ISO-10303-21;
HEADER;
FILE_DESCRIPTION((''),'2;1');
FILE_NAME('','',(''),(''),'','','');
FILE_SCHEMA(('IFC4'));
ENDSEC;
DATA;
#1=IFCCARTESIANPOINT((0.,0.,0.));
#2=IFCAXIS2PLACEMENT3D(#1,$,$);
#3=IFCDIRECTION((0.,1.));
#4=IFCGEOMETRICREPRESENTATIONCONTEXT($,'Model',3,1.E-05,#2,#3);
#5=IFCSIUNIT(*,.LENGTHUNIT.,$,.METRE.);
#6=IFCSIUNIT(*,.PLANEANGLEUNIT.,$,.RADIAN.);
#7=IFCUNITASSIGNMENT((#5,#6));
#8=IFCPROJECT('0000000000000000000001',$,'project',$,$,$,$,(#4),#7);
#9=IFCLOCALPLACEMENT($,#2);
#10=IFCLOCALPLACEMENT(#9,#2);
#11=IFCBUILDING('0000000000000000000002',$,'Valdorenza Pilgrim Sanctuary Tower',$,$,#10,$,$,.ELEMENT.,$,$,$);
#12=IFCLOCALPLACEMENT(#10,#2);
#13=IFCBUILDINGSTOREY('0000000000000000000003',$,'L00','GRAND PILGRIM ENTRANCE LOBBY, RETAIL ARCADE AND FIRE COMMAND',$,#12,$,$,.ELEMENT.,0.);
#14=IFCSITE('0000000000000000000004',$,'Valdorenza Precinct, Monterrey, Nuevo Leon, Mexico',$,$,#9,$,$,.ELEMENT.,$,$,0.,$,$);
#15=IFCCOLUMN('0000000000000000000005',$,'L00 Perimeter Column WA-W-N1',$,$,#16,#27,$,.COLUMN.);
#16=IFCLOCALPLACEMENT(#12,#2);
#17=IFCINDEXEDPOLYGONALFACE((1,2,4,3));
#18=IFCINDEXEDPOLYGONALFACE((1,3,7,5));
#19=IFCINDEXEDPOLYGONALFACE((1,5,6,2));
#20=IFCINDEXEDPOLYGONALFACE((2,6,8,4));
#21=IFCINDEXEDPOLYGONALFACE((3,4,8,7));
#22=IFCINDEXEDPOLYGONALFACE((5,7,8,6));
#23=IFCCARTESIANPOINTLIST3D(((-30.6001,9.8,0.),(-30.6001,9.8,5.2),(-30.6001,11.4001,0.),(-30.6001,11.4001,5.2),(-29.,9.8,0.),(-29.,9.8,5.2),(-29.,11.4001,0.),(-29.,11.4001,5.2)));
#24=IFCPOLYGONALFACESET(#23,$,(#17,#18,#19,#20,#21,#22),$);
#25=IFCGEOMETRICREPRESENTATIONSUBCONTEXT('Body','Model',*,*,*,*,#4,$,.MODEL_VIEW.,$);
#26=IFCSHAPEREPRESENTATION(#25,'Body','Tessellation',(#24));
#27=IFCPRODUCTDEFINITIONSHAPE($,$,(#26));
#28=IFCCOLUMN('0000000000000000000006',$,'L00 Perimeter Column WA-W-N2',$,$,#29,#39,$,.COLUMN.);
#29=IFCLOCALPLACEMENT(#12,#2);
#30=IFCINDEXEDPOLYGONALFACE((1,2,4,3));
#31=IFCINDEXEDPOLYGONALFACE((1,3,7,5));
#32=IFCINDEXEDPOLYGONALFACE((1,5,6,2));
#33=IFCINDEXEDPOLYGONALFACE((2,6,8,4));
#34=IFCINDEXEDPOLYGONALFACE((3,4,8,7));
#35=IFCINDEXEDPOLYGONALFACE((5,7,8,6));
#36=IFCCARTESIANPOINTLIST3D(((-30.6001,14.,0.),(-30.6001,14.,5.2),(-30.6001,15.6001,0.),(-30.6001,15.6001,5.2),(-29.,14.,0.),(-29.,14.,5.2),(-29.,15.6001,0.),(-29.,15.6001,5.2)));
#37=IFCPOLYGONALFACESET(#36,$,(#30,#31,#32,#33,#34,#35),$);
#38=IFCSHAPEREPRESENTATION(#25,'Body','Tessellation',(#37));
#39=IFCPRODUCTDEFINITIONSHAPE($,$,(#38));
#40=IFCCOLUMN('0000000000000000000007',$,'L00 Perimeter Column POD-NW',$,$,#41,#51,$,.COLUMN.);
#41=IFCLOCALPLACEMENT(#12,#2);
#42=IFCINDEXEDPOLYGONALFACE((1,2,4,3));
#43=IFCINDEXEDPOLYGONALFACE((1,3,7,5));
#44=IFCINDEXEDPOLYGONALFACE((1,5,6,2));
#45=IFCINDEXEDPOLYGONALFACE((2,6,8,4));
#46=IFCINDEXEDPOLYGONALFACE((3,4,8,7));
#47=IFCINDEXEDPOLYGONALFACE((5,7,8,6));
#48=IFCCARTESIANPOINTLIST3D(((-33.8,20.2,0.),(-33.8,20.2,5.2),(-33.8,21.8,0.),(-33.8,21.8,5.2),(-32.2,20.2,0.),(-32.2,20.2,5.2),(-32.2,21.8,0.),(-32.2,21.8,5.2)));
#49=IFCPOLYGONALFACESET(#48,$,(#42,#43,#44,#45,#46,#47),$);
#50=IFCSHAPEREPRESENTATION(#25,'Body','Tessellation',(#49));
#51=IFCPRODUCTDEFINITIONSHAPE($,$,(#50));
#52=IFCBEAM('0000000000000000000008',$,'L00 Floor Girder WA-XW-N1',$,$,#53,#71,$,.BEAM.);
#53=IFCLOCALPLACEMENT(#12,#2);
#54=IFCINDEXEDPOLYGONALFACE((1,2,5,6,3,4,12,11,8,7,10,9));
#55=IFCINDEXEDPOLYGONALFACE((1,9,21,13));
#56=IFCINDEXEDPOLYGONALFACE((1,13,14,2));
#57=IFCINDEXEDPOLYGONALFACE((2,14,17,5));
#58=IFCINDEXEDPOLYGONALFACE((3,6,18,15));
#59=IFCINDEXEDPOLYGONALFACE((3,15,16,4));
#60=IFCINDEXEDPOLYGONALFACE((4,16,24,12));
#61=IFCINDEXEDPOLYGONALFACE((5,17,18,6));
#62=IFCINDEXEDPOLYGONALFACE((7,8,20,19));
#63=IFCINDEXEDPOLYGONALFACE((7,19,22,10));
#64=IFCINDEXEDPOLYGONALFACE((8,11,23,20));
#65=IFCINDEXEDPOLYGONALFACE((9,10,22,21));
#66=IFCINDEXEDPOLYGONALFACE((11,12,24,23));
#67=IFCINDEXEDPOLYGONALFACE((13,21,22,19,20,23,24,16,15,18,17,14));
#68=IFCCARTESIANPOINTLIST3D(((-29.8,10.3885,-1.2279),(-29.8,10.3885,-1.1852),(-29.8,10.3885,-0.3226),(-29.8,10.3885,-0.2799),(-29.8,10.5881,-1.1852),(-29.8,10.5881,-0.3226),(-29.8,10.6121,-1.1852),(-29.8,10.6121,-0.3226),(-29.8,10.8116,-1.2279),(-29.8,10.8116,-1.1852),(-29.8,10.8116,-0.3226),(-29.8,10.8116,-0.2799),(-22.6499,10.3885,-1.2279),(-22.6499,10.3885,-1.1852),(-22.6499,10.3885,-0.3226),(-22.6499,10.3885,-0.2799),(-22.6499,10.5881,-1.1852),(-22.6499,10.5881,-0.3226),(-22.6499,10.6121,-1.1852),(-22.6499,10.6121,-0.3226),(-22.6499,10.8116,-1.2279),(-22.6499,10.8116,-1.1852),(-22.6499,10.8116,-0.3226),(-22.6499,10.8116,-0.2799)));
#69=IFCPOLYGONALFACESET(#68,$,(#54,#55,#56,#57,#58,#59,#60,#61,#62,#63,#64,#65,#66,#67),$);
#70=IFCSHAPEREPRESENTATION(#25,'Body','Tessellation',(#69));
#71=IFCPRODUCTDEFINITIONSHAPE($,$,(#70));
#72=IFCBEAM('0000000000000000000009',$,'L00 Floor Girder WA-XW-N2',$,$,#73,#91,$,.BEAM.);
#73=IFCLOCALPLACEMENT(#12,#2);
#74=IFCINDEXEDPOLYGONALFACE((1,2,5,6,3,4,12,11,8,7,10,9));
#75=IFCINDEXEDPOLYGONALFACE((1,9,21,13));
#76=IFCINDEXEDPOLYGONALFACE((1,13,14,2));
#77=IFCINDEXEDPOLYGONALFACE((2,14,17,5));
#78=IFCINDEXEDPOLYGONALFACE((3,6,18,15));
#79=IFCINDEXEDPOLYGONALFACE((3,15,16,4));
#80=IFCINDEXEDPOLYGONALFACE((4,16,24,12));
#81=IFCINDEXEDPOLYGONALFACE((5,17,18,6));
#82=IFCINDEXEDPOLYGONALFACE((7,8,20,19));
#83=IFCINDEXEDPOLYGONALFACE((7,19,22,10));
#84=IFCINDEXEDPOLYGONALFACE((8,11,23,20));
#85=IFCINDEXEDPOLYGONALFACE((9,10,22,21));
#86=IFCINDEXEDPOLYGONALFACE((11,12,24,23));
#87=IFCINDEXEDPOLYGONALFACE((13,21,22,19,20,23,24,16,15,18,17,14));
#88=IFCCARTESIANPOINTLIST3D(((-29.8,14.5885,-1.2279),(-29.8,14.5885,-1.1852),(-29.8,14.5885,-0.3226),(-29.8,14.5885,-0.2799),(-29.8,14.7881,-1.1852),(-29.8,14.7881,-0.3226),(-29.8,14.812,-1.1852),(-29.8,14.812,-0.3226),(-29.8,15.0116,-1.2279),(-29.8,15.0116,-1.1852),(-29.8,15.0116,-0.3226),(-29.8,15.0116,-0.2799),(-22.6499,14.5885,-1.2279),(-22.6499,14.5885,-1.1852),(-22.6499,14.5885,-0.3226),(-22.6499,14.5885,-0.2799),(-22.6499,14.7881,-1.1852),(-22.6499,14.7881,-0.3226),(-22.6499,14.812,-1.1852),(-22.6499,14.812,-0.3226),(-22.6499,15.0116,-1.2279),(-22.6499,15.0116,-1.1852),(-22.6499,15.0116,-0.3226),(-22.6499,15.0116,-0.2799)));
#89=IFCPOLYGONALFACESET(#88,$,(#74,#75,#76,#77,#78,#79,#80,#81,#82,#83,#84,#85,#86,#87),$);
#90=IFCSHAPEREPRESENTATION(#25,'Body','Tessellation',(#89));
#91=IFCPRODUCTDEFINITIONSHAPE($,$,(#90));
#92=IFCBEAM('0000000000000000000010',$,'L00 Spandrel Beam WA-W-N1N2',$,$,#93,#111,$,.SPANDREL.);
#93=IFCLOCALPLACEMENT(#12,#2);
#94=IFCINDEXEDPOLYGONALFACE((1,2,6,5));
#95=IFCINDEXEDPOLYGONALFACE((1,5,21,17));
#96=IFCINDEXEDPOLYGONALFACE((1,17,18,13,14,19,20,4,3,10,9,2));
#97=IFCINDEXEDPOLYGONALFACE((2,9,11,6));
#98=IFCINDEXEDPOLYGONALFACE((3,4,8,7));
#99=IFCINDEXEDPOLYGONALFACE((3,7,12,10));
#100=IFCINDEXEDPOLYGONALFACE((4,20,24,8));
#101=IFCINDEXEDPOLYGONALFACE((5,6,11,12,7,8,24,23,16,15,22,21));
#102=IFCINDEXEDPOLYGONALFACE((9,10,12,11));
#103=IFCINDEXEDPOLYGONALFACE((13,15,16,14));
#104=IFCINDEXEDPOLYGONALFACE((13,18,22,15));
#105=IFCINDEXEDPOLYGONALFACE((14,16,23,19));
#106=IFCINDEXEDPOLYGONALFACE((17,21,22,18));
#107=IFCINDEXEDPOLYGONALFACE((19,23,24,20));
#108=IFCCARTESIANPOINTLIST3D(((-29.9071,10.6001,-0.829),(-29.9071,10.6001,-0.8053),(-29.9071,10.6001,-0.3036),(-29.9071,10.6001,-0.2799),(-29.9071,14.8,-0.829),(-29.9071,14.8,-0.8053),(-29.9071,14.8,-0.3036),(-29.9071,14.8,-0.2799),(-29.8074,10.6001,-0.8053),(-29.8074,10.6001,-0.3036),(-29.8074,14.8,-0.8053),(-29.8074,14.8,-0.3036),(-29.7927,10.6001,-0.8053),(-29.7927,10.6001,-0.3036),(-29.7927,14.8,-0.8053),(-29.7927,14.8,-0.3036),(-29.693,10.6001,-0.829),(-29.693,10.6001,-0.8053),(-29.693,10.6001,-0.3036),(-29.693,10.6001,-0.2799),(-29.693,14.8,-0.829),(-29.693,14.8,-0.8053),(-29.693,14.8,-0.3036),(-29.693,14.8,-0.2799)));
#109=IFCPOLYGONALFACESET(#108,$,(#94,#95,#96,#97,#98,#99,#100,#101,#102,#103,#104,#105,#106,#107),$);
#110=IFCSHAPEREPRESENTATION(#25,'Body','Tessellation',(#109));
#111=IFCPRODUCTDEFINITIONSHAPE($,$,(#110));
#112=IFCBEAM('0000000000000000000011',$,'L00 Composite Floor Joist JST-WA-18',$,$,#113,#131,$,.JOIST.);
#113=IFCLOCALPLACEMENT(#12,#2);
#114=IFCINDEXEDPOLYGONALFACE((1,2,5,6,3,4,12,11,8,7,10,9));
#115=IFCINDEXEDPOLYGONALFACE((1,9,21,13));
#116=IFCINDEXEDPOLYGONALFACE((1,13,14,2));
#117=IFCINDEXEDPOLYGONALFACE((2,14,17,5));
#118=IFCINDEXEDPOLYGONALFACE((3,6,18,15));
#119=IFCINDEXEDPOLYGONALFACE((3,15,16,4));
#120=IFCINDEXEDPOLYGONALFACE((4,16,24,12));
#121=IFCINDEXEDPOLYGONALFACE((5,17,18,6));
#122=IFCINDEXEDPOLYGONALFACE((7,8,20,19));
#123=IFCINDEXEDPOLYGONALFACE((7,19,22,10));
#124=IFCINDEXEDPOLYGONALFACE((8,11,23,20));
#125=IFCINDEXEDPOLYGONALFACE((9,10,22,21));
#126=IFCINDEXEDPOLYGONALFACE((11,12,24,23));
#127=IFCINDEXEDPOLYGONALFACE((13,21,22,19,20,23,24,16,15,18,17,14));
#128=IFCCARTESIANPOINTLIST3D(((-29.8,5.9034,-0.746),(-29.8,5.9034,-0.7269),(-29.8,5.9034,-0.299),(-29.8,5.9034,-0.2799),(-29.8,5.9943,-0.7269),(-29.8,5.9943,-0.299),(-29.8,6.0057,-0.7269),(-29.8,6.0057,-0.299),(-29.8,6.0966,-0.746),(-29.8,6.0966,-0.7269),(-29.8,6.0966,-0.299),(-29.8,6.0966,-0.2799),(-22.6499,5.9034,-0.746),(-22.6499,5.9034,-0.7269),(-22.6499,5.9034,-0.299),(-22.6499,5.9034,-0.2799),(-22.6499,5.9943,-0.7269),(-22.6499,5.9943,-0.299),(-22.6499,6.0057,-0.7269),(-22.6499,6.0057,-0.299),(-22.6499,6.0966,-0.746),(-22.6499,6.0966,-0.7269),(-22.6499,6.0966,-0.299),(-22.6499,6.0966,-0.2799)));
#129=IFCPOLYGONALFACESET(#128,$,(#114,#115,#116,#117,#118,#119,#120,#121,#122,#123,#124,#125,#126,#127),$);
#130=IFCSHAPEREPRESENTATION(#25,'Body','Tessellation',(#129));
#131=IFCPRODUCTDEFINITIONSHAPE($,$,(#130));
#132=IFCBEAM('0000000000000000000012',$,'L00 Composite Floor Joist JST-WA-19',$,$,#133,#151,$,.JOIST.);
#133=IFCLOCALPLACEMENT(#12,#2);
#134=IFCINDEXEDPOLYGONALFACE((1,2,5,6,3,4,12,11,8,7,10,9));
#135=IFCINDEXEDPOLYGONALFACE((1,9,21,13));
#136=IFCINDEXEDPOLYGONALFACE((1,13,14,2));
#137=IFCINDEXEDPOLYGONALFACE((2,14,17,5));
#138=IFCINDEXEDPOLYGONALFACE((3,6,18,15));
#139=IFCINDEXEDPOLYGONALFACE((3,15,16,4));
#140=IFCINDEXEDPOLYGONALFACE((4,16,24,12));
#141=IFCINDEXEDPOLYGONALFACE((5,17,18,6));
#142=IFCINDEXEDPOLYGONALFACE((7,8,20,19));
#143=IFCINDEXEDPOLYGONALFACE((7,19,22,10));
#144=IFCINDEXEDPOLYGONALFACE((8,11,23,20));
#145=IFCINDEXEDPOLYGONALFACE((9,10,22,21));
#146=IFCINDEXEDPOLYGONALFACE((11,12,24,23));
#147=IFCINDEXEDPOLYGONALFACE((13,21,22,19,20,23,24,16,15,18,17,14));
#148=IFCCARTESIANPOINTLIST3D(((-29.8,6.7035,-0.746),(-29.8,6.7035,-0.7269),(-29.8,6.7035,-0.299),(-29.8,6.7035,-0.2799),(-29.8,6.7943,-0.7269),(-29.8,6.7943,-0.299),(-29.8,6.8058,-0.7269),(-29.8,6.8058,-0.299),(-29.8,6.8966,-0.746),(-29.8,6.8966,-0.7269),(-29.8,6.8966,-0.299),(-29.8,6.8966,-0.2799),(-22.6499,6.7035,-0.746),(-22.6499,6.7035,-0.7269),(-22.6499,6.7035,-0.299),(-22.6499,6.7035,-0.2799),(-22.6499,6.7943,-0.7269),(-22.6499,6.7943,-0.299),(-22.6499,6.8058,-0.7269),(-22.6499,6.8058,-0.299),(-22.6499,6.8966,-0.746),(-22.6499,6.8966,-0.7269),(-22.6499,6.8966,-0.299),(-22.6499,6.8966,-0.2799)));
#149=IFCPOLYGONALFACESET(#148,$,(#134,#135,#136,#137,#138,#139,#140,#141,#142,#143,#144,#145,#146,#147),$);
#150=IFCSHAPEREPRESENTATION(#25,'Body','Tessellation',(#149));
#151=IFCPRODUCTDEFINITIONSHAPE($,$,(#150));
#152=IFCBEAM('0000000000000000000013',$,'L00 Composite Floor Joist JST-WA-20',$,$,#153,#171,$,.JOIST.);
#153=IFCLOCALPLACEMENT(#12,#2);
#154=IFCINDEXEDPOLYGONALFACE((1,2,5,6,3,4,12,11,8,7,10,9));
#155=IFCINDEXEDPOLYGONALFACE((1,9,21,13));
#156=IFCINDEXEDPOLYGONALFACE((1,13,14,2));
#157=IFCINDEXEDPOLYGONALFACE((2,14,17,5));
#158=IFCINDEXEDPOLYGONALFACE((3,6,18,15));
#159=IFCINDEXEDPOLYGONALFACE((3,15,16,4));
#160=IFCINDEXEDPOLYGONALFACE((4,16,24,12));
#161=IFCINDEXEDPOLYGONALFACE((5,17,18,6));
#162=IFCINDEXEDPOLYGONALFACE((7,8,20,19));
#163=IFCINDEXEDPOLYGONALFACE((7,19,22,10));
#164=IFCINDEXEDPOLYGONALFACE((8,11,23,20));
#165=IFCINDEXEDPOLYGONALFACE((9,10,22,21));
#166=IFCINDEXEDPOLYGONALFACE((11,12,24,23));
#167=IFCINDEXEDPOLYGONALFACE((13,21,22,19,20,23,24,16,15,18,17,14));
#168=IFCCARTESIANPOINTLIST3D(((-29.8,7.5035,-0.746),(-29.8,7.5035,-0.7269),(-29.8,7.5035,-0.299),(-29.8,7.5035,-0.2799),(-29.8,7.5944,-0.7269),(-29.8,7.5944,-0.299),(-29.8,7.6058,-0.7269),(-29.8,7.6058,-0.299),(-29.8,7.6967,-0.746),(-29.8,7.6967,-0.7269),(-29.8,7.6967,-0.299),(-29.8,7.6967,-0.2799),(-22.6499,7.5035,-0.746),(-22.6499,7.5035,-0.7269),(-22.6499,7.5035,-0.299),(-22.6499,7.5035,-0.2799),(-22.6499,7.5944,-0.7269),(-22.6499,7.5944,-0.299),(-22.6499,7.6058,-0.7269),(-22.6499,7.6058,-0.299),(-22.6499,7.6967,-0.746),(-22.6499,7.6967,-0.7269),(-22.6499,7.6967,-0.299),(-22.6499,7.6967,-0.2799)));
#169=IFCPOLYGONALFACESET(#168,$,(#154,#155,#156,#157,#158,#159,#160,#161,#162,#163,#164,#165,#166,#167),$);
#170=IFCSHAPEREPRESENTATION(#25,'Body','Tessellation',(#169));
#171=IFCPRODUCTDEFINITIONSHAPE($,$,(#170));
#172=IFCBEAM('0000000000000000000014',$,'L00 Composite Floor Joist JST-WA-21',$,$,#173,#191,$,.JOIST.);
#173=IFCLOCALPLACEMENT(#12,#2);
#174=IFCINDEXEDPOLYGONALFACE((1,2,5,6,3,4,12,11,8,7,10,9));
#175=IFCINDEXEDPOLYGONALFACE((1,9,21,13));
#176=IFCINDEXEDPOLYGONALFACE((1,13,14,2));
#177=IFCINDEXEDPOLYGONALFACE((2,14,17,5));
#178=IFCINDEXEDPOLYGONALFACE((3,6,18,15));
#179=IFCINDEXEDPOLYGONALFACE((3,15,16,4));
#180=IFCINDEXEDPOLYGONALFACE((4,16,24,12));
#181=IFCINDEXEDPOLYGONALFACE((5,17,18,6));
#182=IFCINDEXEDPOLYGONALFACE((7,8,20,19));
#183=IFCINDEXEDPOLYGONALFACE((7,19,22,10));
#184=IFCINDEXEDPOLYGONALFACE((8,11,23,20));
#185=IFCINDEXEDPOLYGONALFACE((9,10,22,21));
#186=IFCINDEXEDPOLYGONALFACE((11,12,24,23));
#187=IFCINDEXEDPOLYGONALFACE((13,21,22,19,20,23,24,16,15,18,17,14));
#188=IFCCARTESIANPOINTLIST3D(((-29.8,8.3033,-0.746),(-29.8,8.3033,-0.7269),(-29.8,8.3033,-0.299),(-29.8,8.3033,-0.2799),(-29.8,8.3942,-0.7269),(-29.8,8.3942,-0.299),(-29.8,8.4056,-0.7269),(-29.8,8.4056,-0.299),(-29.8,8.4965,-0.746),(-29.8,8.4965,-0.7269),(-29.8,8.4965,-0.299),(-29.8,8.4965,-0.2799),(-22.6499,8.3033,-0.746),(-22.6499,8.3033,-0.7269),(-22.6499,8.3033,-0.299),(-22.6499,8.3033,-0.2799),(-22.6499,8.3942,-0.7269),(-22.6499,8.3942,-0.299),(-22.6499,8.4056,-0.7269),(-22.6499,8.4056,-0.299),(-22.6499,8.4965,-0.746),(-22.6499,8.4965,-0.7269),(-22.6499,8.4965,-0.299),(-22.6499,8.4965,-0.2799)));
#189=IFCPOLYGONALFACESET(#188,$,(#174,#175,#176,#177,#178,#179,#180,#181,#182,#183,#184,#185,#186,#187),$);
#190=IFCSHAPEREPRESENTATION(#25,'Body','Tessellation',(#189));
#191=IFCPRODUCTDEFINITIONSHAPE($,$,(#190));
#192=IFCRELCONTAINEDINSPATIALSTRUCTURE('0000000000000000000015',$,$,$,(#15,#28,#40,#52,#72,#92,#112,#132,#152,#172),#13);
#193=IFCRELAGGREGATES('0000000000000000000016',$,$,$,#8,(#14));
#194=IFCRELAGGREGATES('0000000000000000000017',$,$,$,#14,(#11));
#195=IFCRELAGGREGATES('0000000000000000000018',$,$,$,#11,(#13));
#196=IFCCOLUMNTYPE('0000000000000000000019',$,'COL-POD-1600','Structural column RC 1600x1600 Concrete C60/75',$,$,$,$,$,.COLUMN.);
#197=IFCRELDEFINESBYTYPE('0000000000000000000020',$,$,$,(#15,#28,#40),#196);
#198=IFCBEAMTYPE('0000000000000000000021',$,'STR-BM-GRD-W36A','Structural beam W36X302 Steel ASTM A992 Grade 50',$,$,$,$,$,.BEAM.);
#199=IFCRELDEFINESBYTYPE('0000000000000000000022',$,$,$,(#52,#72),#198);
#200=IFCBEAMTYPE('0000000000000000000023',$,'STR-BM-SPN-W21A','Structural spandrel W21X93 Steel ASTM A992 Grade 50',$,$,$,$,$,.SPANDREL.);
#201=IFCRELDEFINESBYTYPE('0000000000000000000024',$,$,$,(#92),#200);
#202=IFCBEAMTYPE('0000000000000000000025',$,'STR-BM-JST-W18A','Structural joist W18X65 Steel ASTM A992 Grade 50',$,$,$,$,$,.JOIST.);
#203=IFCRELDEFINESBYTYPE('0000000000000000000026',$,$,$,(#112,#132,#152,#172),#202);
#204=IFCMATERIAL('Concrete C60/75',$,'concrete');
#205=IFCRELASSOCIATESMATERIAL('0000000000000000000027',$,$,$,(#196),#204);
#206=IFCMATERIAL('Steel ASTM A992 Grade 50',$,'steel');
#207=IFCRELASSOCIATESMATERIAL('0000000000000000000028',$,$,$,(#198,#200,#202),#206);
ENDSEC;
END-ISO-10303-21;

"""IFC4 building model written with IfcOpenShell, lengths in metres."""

from ifc_helpers import new_model, si_unit, direction, frame, origin, origin_2d, place, context, subcontext, project, spatial, rectangle, i_section, extrude, source, transform, mapped, material, material_profile, profile_set, type_object, element, save


model = new_model("IFC4")

# Units and contexts
model_context = context("Model", 3, precision=1e-05, world=origin(), true_north=direction((0.0, 1.0)))
body_context = subcontext(model_context, "Body", "Model", "MODEL_VIEW")
ifc_project = project(units=[si_unit("LENGTHUNIT", "METRE"), si_unit("PLANEANGLEUNIT", "RADIAN")], contexts=[model_context])

# Site, building, storey
site_placement = place(None, origin())
site = spatial("IfcSite", under=ifc_project, at=site_placement, Name="Valdorenza Precinct, Monterrey, Nuevo Leon, Mexico", CompositionType="ELEMENT", RefElevation=0.0)
building_placement = place(site_placement, origin())
building = spatial("IfcBuilding", under=site, at=building_placement, Name="Valdorenza Pilgrim Sanctuary Tower", CompositionType="ELEMENT")
storey_placement = place(building_placement, origin())
storey = spatial("IfcBuildingStorey", under=building, at=storey_placement, Name="L00", Description="GRAND PILGRIM ENTRANCE LOBBY, RETAIL ARCADE AND FIRE COMMAND", CompositionType="ELEMENT", Elevation=0.0)

# Columns
ifc_material_1 = material(Name="Concrete C60/75", Category="concrete")
ifc_material_profile_1 = material_profile(ifc_material_1, rectangle(XDim=1.6001, YDim=1.6001, at=origin_2d()), Name="RC 1600x1600")
ifc_profile_set_1 = profile_set([ifc_material_profile_1], Name="Concrete C60/75")
column_type = type_object("IfcColumnType", Name="COL-POD-1600", Description="Structural column RC 1600x1600 Concrete C60/75", PredefinedType="COLUMN", material=ifc_profile_set_1)
shared_shape_1 = source(origin(), body_context, "Body", "SweptSolid", [
    extrude(rectangle(XDim=1.6001, YDim=1.6001, at=origin_2d()), origin(), (0.0, 0.0, 1.0), 5.2),
])
for number, where, z_axis, x_axis, name in (
    (1, (-29.8, 10.6001, 0.0), (0.0, 0.0, 1.0), (1.0, 0.0, 0.0), "L00 Perimeter Column WA-W-N1"),
    (2, (-29.8, 14.8, 0.0), (0.0, 0.0, 1.0), (1.0, 0.0, 0.0), "L00 Perimeter Column WA-W-N2"),
    (3, (-33.0, 21.0, 0.0), (0.0, 0.0, 1.0), (1.0, 0.0, 0.0), "L00 Perimeter Column POD-NW"),
):
    element("IfcColumn", number, at=place(storey_placement, frame(where, z_axis=z_axis, x_axis=x_axis)), inside=storey, type_object=column_type, Name=name, PredefinedType="COLUMN", context=body_context, shape_type="MappedRepresentation", body=[
        mapped(shared_shape_1, transform((0.0, 0.0, 0.0), x_axis=(1.0, 0.0, 0.0), y_axis=(0.0, 1.0, 0.0), z_axis=(0.0, 0.0, 1.0), scale=1.0)),
    ])

# Beams
ifc_material_2 = material(Name="Steel ASTM A992 Grade 50", Category="steel")
ifc_material_profile_2 = material_profile(ifc_material_2, i_section(OverallWidth=0.4231, OverallDepth=0.948, WebThickness=0.0239, FlangeThickness=0.0427, at=origin_2d()), Name="W36X302")
ifc_profile_set_2 = profile_set([ifc_material_profile_2], Name="Steel ASTM A992 Grade 50")
beam_type_1 = type_object("IfcBeamType", Name="STR-BM-GRD-W36A", Description="Structural beam W36X302 Steel ASTM A992 Grade 50", PredefinedType="BEAM", material=ifc_profile_set_2)
shared_shape_2 = source(origin(), body_context, "Body", "SweptSolid", [
    extrude(i_section(OverallWidth=0.4231, OverallDepth=0.948, WebThickness=0.0239, FlangeThickness=0.0427, at=origin_2d()), origin(), (0.0, 0.0, 1.0), 7.1501),
])
for number, where, z_axis, x_axis, name in (
    (4, (-29.8, 10.6001, -0.7539), (1.0, 0.0, 0.0), (0.0, 1.0, 0.0), "L00 Floor Girder WA-XW-N1"),
    (5, (-29.8, 14.8, -0.7539), (1.0, 0.0, 0.0), (0.0, 1.0, 0.0), "L00 Floor Girder WA-XW-N2"),
):
    element("IfcBeam", number, at=place(storey_placement, frame(where, z_axis=z_axis, x_axis=x_axis)), inside=storey, type_object=beam_type_1, Name=name, PredefinedType="BEAM", context=body_context, shape_type="MappedRepresentation", body=[
        mapped(shared_shape_2, transform((0.0, 0.0, 0.0), x_axis=(1.0, 0.0, 0.0), y_axis=(0.0, 1.0, 0.0), z_axis=(0.0, 0.0, 1.0), scale=1.0)),
    ])
ifc_material_profile_3 = material_profile(ifc_material_2, i_section(OverallWidth=0.2141, OverallDepth=0.5491, WebThickness=0.0146, FlangeThickness=0.0237, at=origin_2d()), Name="W21X93")
ifc_profile_set_3 = profile_set([ifc_material_profile_3], Name="Steel ASTM A992 Grade 50")
beam_type_2 = type_object("IfcBeamType", Name="STR-BM-SPN-W21A", Description="Structural spandrel W21X93 Steel ASTM A992 Grade 50", PredefinedType="SPANDREL", material=ifc_profile_set_3)
shared_shape_3 = source(origin(), body_context, "Body", "SweptSolid", [
    extrude(i_section(OverallWidth=0.2141, OverallDepth=0.5491, WebThickness=0.0146, FlangeThickness=0.0237, at=origin_2d()), origin(), (0.0, 0.0, 1.0), 4.2),
])
beam_1_placement = place(storey_placement, frame((-29.8, 10.6001, -0.5544), z_axis=(0.0, 1.0, 0.0), x_axis=(-1.0, 0.0, 0.0)))
element("IfcBeam", 6, at=beam_1_placement, inside=storey, type_object=beam_type_2, Name="L00 Spandrel Beam WA-W-N1N2", PredefinedType="SPANDREL", context=body_context, shape_type="MappedRepresentation", body=[
    mapped(shared_shape_3, transform((0.0, 0.0, 0.0), x_axis=(1.0, 0.0, 0.0), y_axis=(0.0, 1.0, 0.0), z_axis=(0.0, 0.0, 1.0), scale=1.0)),
])
ifc_material_profile_4 = material_profile(ifc_material_2, i_section(OverallWidth=0.1931, OverallDepth=0.4661, WebThickness=0.0115, FlangeThickness=0.019, at=origin_2d()), Name="W18X65")
ifc_profile_set_4 = profile_set([ifc_material_profile_4], Name="Steel ASTM A992 Grade 50")
beam_type_3 = type_object("IfcBeamType", Name="STR-BM-JST-W18A", Description="Structural joist W18X65 Steel ASTM A992 Grade 50", PredefinedType="JOIST", material=ifc_profile_set_4)
shared_shape_4 = source(origin(), body_context, "Body", "SweptSolid", [
    extrude(i_section(OverallWidth=0.1931, OverallDepth=0.4661, WebThickness=0.0115, FlangeThickness=0.019, at=origin_2d()), origin(), (0.0, 0.0, 1.0), 7.1501),
])
for number, where, z_axis, x_axis, name in (
    (7, (-29.8, 6.0, -0.5129), (1.0, 0.0, 0.0), (0.0, 1.0, 0.0), "L00 Composite Floor Joist JST-WA-18"),
    (8, (-29.8, 6.8, -0.5129), (1.0, 0.0, 0.0), (0.0, 1.0, 0.0), "L00 Composite Floor Joist JST-WA-19"),
    (9, (-29.8, 7.6001, -0.5129), (1.0, 0.0, 0.0), (0.0, 1.0, 0.0), "L00 Composite Floor Joist JST-WA-20"),
    (10, (-29.8, 8.3999, -0.5129), (1.0, 0.0, 0.0), (0.0, 1.0, 0.0), "L00 Composite Floor Joist JST-WA-21"),
):
    element("IfcBeam", number, at=place(storey_placement, frame(where, z_axis=z_axis, x_axis=x_axis)), inside=storey, type_object=beam_type_3, Name=name, PredefinedType="JOIST", context=body_context, shape_type="MappedRepresentation", body=[
        mapped(shared_shape_4, transform((0.0, 0.0, 0.0), x_axis=(1.0, 0.0, 0.0), y_axis=(0.0, 1.0, 0.0), z_axis=(0.0, 0.0, 1.0), scale=1.0)),
    ])

save(model, "model.ifc")
